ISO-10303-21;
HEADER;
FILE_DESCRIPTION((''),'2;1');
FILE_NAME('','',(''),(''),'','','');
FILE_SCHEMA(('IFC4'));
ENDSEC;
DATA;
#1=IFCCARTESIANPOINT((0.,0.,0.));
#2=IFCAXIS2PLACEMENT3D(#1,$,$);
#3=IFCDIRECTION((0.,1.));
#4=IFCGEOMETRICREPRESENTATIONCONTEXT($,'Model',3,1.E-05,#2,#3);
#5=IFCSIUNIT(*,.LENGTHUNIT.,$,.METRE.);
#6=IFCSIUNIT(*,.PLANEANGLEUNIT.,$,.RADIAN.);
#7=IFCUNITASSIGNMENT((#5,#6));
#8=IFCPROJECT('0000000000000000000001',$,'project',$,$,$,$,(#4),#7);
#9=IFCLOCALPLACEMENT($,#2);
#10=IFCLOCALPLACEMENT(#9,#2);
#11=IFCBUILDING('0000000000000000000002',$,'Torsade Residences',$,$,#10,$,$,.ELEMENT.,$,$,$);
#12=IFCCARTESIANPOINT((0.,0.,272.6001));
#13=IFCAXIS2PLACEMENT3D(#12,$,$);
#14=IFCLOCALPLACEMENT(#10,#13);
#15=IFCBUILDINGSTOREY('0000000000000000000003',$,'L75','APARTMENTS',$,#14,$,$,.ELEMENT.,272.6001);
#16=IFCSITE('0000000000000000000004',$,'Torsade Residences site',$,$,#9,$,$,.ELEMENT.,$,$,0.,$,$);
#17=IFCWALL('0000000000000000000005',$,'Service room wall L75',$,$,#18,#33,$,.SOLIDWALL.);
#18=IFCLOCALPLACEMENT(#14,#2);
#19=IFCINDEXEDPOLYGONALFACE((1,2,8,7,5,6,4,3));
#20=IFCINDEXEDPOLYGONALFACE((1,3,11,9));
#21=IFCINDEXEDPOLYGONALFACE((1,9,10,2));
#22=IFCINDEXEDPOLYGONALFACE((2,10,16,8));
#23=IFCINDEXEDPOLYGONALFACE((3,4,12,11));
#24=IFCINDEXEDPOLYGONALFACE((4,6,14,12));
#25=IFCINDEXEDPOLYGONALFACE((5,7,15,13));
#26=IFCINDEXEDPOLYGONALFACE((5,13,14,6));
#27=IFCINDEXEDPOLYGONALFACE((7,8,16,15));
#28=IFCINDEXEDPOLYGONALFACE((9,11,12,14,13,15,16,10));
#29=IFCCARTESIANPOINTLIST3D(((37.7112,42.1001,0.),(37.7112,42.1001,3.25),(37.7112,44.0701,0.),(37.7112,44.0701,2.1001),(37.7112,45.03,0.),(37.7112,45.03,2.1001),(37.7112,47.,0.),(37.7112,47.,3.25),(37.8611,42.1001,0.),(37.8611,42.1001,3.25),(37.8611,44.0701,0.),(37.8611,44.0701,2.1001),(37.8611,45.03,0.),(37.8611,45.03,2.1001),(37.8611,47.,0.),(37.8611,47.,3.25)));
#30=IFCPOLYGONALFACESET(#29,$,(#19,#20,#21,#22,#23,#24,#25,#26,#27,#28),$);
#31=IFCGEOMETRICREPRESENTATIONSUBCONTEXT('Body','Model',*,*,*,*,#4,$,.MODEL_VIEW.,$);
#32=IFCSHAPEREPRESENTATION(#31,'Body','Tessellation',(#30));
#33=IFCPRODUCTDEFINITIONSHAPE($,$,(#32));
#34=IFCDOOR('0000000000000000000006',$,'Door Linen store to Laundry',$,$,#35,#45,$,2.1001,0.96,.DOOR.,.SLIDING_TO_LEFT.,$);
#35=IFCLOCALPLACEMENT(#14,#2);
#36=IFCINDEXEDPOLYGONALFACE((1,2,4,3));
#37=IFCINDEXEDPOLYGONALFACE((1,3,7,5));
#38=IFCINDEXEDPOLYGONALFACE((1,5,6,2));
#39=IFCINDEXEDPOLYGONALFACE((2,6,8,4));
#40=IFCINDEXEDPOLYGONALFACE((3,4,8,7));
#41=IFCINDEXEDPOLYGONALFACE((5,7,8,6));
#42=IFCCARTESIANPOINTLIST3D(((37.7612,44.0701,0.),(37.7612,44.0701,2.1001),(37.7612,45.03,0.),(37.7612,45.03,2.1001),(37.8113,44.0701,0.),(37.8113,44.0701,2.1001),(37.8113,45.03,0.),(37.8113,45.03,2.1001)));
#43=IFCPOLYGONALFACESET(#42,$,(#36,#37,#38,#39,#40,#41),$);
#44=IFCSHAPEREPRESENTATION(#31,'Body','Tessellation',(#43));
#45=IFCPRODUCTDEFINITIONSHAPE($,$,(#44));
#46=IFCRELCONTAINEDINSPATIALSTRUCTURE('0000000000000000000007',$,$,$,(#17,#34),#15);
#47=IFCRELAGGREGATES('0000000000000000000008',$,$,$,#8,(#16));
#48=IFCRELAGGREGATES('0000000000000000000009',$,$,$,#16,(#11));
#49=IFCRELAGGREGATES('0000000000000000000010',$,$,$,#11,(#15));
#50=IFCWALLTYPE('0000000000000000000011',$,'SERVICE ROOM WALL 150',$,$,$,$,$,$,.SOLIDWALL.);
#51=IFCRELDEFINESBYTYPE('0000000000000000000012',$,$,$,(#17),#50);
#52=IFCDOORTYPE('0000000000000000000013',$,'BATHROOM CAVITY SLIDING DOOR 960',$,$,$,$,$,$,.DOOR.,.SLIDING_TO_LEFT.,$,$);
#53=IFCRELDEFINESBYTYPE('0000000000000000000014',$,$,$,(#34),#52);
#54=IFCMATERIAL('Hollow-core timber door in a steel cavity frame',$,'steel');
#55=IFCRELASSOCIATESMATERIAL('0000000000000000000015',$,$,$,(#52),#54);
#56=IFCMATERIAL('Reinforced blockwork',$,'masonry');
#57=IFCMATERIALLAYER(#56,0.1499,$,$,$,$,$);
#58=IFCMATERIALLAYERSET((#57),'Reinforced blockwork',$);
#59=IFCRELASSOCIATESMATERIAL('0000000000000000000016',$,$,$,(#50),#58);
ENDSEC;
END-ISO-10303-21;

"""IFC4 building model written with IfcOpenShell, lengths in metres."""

from ifc_helpers import new_model, si_unit, direction, frame, frame_2d, origin, place, context, subcontext, project, spatial, rectangle, extrude, material, layer, layer_set, type_object, element, fill, save


model = new_model("IFC4")

# Units and contexts
model_context = context("Model", 3, precision=1e-05, world=origin(), true_north=direction((0.0, 1.0)))
body_context = subcontext(model_context, "Body", "Model", "MODEL_VIEW")
ifc_project = project(units=[si_unit("LENGTHUNIT", "METRE"), si_unit("PLANEANGLEUNIT", "RADIAN")], contexts=[model_context])

# Site, building, storey
site_placement = place(None, origin())
site = spatial("IfcSite", under=ifc_project, at=site_placement, Name="Torsade Residences site", CompositionType="ELEMENT", RefElevation=0.0)
building_placement = place(site_placement, origin())
building = spatial("IfcBuilding", under=site, at=building_placement, Name="Torsade Residences", CompositionType="ELEMENT")
storey_placement = place(building_placement, frame((0.0, 0.0, 272.6001)))
storey = spatial("IfcBuildingStorey", under=building, at=storey_placement, Name="L75", Description="APARTMENTS", CompositionType="ELEMENT", Elevation=272.6001)

# Shared definitions
ifc_material_1 = material(Name="Hollow-core timber door in a steel cavity frame", Category="steel")
door_type_1 = type_object("IfcDoorType", Name="BATHROOM CAVITY SLIDING DOOR 960", OperationType="SLIDING_TO_LEFT", PredefinedType="DOOR", material=ifc_material_1)

# Wall, opening, door
ifc_material_2 = material(Name="Reinforced blockwork", Category="masonry")
ifc_layer_1 = layer(ifc_material_2, 0.1499)
ifc_layer_set_1 = layer_set([ifc_layer_1], Name="Reinforced blockwork")
wall_type_1 = type_object("IfcWallType", Name="SERVICE ROOM WALL 150", PredefinedType="SOLIDWALL", material=ifc_layer_set_1)
wall_1_placement = place(storey_placement, frame((37.7861, 42.1001, 0.0), z_axis=(0.0, 0.0, 1.0), x_axis=(0.0, 1.0, 0.0)))
wall_1 = element("IfcWall", 1, at=wall_1_placement, inside=storey, type_object=wall_type_1, Name="Service room wall L75", PredefinedType="SOLIDWALL", context=body_context, shape_type="SweptSolid", body=[
    extrude(rectangle(XDim=4.8999, YDim=0.1499, at=frame_2d((2.45, 0.0))), origin(), (0.0, 0.0, 1.0), 3.25),
])
opening_1_placement = place(wall_1_placement, frame((1.97, 0.0, 0.0)))
opening_1 = element("IfcOpeningElement", 2, at=opening_1_placement, cuts=wall_1, PredefinedType="OPENING", context=body_context, shape_type="SweptSolid", body=[
    extrude(rectangle(XDim=0.96, YDim=2.1001, at=frame_2d((0.48, 1.05))), frame((0.0, 0.085, 0.0), z_axis=(0.0, -1.0, 0.0), x_axis=(1.0, 0.0, 0.0)), (0.0, 0.0, 1.0), 0.1699),
])
door_1_placement = place(opening_1_placement, origin())
door_1 = element("IfcDoor", 3, at=door_1_placement, inside=storey, type_object=door_type_1, Name="Door Linen store to Laundry", OperationType="SLIDING_TO_LEFT", OverallHeight=2.1001, OverallWidth=0.96, PredefinedType="DOOR", context=body_context, shape_type="SweptSolid", body=[
    extrude(rectangle(XDim=0.96, YDim=2.1001, at=frame_2d((0.48, 1.05))), frame((0.0, 0.0249, 0.0), z_axis=(0.0, -1.0, 0.0), x_axis=(1.0, 0.0, 0.0)), (0.0, 0.0, 1.0), 0.05),
])
fill(opening_1, door_1)

save(model, "model.ifc")
